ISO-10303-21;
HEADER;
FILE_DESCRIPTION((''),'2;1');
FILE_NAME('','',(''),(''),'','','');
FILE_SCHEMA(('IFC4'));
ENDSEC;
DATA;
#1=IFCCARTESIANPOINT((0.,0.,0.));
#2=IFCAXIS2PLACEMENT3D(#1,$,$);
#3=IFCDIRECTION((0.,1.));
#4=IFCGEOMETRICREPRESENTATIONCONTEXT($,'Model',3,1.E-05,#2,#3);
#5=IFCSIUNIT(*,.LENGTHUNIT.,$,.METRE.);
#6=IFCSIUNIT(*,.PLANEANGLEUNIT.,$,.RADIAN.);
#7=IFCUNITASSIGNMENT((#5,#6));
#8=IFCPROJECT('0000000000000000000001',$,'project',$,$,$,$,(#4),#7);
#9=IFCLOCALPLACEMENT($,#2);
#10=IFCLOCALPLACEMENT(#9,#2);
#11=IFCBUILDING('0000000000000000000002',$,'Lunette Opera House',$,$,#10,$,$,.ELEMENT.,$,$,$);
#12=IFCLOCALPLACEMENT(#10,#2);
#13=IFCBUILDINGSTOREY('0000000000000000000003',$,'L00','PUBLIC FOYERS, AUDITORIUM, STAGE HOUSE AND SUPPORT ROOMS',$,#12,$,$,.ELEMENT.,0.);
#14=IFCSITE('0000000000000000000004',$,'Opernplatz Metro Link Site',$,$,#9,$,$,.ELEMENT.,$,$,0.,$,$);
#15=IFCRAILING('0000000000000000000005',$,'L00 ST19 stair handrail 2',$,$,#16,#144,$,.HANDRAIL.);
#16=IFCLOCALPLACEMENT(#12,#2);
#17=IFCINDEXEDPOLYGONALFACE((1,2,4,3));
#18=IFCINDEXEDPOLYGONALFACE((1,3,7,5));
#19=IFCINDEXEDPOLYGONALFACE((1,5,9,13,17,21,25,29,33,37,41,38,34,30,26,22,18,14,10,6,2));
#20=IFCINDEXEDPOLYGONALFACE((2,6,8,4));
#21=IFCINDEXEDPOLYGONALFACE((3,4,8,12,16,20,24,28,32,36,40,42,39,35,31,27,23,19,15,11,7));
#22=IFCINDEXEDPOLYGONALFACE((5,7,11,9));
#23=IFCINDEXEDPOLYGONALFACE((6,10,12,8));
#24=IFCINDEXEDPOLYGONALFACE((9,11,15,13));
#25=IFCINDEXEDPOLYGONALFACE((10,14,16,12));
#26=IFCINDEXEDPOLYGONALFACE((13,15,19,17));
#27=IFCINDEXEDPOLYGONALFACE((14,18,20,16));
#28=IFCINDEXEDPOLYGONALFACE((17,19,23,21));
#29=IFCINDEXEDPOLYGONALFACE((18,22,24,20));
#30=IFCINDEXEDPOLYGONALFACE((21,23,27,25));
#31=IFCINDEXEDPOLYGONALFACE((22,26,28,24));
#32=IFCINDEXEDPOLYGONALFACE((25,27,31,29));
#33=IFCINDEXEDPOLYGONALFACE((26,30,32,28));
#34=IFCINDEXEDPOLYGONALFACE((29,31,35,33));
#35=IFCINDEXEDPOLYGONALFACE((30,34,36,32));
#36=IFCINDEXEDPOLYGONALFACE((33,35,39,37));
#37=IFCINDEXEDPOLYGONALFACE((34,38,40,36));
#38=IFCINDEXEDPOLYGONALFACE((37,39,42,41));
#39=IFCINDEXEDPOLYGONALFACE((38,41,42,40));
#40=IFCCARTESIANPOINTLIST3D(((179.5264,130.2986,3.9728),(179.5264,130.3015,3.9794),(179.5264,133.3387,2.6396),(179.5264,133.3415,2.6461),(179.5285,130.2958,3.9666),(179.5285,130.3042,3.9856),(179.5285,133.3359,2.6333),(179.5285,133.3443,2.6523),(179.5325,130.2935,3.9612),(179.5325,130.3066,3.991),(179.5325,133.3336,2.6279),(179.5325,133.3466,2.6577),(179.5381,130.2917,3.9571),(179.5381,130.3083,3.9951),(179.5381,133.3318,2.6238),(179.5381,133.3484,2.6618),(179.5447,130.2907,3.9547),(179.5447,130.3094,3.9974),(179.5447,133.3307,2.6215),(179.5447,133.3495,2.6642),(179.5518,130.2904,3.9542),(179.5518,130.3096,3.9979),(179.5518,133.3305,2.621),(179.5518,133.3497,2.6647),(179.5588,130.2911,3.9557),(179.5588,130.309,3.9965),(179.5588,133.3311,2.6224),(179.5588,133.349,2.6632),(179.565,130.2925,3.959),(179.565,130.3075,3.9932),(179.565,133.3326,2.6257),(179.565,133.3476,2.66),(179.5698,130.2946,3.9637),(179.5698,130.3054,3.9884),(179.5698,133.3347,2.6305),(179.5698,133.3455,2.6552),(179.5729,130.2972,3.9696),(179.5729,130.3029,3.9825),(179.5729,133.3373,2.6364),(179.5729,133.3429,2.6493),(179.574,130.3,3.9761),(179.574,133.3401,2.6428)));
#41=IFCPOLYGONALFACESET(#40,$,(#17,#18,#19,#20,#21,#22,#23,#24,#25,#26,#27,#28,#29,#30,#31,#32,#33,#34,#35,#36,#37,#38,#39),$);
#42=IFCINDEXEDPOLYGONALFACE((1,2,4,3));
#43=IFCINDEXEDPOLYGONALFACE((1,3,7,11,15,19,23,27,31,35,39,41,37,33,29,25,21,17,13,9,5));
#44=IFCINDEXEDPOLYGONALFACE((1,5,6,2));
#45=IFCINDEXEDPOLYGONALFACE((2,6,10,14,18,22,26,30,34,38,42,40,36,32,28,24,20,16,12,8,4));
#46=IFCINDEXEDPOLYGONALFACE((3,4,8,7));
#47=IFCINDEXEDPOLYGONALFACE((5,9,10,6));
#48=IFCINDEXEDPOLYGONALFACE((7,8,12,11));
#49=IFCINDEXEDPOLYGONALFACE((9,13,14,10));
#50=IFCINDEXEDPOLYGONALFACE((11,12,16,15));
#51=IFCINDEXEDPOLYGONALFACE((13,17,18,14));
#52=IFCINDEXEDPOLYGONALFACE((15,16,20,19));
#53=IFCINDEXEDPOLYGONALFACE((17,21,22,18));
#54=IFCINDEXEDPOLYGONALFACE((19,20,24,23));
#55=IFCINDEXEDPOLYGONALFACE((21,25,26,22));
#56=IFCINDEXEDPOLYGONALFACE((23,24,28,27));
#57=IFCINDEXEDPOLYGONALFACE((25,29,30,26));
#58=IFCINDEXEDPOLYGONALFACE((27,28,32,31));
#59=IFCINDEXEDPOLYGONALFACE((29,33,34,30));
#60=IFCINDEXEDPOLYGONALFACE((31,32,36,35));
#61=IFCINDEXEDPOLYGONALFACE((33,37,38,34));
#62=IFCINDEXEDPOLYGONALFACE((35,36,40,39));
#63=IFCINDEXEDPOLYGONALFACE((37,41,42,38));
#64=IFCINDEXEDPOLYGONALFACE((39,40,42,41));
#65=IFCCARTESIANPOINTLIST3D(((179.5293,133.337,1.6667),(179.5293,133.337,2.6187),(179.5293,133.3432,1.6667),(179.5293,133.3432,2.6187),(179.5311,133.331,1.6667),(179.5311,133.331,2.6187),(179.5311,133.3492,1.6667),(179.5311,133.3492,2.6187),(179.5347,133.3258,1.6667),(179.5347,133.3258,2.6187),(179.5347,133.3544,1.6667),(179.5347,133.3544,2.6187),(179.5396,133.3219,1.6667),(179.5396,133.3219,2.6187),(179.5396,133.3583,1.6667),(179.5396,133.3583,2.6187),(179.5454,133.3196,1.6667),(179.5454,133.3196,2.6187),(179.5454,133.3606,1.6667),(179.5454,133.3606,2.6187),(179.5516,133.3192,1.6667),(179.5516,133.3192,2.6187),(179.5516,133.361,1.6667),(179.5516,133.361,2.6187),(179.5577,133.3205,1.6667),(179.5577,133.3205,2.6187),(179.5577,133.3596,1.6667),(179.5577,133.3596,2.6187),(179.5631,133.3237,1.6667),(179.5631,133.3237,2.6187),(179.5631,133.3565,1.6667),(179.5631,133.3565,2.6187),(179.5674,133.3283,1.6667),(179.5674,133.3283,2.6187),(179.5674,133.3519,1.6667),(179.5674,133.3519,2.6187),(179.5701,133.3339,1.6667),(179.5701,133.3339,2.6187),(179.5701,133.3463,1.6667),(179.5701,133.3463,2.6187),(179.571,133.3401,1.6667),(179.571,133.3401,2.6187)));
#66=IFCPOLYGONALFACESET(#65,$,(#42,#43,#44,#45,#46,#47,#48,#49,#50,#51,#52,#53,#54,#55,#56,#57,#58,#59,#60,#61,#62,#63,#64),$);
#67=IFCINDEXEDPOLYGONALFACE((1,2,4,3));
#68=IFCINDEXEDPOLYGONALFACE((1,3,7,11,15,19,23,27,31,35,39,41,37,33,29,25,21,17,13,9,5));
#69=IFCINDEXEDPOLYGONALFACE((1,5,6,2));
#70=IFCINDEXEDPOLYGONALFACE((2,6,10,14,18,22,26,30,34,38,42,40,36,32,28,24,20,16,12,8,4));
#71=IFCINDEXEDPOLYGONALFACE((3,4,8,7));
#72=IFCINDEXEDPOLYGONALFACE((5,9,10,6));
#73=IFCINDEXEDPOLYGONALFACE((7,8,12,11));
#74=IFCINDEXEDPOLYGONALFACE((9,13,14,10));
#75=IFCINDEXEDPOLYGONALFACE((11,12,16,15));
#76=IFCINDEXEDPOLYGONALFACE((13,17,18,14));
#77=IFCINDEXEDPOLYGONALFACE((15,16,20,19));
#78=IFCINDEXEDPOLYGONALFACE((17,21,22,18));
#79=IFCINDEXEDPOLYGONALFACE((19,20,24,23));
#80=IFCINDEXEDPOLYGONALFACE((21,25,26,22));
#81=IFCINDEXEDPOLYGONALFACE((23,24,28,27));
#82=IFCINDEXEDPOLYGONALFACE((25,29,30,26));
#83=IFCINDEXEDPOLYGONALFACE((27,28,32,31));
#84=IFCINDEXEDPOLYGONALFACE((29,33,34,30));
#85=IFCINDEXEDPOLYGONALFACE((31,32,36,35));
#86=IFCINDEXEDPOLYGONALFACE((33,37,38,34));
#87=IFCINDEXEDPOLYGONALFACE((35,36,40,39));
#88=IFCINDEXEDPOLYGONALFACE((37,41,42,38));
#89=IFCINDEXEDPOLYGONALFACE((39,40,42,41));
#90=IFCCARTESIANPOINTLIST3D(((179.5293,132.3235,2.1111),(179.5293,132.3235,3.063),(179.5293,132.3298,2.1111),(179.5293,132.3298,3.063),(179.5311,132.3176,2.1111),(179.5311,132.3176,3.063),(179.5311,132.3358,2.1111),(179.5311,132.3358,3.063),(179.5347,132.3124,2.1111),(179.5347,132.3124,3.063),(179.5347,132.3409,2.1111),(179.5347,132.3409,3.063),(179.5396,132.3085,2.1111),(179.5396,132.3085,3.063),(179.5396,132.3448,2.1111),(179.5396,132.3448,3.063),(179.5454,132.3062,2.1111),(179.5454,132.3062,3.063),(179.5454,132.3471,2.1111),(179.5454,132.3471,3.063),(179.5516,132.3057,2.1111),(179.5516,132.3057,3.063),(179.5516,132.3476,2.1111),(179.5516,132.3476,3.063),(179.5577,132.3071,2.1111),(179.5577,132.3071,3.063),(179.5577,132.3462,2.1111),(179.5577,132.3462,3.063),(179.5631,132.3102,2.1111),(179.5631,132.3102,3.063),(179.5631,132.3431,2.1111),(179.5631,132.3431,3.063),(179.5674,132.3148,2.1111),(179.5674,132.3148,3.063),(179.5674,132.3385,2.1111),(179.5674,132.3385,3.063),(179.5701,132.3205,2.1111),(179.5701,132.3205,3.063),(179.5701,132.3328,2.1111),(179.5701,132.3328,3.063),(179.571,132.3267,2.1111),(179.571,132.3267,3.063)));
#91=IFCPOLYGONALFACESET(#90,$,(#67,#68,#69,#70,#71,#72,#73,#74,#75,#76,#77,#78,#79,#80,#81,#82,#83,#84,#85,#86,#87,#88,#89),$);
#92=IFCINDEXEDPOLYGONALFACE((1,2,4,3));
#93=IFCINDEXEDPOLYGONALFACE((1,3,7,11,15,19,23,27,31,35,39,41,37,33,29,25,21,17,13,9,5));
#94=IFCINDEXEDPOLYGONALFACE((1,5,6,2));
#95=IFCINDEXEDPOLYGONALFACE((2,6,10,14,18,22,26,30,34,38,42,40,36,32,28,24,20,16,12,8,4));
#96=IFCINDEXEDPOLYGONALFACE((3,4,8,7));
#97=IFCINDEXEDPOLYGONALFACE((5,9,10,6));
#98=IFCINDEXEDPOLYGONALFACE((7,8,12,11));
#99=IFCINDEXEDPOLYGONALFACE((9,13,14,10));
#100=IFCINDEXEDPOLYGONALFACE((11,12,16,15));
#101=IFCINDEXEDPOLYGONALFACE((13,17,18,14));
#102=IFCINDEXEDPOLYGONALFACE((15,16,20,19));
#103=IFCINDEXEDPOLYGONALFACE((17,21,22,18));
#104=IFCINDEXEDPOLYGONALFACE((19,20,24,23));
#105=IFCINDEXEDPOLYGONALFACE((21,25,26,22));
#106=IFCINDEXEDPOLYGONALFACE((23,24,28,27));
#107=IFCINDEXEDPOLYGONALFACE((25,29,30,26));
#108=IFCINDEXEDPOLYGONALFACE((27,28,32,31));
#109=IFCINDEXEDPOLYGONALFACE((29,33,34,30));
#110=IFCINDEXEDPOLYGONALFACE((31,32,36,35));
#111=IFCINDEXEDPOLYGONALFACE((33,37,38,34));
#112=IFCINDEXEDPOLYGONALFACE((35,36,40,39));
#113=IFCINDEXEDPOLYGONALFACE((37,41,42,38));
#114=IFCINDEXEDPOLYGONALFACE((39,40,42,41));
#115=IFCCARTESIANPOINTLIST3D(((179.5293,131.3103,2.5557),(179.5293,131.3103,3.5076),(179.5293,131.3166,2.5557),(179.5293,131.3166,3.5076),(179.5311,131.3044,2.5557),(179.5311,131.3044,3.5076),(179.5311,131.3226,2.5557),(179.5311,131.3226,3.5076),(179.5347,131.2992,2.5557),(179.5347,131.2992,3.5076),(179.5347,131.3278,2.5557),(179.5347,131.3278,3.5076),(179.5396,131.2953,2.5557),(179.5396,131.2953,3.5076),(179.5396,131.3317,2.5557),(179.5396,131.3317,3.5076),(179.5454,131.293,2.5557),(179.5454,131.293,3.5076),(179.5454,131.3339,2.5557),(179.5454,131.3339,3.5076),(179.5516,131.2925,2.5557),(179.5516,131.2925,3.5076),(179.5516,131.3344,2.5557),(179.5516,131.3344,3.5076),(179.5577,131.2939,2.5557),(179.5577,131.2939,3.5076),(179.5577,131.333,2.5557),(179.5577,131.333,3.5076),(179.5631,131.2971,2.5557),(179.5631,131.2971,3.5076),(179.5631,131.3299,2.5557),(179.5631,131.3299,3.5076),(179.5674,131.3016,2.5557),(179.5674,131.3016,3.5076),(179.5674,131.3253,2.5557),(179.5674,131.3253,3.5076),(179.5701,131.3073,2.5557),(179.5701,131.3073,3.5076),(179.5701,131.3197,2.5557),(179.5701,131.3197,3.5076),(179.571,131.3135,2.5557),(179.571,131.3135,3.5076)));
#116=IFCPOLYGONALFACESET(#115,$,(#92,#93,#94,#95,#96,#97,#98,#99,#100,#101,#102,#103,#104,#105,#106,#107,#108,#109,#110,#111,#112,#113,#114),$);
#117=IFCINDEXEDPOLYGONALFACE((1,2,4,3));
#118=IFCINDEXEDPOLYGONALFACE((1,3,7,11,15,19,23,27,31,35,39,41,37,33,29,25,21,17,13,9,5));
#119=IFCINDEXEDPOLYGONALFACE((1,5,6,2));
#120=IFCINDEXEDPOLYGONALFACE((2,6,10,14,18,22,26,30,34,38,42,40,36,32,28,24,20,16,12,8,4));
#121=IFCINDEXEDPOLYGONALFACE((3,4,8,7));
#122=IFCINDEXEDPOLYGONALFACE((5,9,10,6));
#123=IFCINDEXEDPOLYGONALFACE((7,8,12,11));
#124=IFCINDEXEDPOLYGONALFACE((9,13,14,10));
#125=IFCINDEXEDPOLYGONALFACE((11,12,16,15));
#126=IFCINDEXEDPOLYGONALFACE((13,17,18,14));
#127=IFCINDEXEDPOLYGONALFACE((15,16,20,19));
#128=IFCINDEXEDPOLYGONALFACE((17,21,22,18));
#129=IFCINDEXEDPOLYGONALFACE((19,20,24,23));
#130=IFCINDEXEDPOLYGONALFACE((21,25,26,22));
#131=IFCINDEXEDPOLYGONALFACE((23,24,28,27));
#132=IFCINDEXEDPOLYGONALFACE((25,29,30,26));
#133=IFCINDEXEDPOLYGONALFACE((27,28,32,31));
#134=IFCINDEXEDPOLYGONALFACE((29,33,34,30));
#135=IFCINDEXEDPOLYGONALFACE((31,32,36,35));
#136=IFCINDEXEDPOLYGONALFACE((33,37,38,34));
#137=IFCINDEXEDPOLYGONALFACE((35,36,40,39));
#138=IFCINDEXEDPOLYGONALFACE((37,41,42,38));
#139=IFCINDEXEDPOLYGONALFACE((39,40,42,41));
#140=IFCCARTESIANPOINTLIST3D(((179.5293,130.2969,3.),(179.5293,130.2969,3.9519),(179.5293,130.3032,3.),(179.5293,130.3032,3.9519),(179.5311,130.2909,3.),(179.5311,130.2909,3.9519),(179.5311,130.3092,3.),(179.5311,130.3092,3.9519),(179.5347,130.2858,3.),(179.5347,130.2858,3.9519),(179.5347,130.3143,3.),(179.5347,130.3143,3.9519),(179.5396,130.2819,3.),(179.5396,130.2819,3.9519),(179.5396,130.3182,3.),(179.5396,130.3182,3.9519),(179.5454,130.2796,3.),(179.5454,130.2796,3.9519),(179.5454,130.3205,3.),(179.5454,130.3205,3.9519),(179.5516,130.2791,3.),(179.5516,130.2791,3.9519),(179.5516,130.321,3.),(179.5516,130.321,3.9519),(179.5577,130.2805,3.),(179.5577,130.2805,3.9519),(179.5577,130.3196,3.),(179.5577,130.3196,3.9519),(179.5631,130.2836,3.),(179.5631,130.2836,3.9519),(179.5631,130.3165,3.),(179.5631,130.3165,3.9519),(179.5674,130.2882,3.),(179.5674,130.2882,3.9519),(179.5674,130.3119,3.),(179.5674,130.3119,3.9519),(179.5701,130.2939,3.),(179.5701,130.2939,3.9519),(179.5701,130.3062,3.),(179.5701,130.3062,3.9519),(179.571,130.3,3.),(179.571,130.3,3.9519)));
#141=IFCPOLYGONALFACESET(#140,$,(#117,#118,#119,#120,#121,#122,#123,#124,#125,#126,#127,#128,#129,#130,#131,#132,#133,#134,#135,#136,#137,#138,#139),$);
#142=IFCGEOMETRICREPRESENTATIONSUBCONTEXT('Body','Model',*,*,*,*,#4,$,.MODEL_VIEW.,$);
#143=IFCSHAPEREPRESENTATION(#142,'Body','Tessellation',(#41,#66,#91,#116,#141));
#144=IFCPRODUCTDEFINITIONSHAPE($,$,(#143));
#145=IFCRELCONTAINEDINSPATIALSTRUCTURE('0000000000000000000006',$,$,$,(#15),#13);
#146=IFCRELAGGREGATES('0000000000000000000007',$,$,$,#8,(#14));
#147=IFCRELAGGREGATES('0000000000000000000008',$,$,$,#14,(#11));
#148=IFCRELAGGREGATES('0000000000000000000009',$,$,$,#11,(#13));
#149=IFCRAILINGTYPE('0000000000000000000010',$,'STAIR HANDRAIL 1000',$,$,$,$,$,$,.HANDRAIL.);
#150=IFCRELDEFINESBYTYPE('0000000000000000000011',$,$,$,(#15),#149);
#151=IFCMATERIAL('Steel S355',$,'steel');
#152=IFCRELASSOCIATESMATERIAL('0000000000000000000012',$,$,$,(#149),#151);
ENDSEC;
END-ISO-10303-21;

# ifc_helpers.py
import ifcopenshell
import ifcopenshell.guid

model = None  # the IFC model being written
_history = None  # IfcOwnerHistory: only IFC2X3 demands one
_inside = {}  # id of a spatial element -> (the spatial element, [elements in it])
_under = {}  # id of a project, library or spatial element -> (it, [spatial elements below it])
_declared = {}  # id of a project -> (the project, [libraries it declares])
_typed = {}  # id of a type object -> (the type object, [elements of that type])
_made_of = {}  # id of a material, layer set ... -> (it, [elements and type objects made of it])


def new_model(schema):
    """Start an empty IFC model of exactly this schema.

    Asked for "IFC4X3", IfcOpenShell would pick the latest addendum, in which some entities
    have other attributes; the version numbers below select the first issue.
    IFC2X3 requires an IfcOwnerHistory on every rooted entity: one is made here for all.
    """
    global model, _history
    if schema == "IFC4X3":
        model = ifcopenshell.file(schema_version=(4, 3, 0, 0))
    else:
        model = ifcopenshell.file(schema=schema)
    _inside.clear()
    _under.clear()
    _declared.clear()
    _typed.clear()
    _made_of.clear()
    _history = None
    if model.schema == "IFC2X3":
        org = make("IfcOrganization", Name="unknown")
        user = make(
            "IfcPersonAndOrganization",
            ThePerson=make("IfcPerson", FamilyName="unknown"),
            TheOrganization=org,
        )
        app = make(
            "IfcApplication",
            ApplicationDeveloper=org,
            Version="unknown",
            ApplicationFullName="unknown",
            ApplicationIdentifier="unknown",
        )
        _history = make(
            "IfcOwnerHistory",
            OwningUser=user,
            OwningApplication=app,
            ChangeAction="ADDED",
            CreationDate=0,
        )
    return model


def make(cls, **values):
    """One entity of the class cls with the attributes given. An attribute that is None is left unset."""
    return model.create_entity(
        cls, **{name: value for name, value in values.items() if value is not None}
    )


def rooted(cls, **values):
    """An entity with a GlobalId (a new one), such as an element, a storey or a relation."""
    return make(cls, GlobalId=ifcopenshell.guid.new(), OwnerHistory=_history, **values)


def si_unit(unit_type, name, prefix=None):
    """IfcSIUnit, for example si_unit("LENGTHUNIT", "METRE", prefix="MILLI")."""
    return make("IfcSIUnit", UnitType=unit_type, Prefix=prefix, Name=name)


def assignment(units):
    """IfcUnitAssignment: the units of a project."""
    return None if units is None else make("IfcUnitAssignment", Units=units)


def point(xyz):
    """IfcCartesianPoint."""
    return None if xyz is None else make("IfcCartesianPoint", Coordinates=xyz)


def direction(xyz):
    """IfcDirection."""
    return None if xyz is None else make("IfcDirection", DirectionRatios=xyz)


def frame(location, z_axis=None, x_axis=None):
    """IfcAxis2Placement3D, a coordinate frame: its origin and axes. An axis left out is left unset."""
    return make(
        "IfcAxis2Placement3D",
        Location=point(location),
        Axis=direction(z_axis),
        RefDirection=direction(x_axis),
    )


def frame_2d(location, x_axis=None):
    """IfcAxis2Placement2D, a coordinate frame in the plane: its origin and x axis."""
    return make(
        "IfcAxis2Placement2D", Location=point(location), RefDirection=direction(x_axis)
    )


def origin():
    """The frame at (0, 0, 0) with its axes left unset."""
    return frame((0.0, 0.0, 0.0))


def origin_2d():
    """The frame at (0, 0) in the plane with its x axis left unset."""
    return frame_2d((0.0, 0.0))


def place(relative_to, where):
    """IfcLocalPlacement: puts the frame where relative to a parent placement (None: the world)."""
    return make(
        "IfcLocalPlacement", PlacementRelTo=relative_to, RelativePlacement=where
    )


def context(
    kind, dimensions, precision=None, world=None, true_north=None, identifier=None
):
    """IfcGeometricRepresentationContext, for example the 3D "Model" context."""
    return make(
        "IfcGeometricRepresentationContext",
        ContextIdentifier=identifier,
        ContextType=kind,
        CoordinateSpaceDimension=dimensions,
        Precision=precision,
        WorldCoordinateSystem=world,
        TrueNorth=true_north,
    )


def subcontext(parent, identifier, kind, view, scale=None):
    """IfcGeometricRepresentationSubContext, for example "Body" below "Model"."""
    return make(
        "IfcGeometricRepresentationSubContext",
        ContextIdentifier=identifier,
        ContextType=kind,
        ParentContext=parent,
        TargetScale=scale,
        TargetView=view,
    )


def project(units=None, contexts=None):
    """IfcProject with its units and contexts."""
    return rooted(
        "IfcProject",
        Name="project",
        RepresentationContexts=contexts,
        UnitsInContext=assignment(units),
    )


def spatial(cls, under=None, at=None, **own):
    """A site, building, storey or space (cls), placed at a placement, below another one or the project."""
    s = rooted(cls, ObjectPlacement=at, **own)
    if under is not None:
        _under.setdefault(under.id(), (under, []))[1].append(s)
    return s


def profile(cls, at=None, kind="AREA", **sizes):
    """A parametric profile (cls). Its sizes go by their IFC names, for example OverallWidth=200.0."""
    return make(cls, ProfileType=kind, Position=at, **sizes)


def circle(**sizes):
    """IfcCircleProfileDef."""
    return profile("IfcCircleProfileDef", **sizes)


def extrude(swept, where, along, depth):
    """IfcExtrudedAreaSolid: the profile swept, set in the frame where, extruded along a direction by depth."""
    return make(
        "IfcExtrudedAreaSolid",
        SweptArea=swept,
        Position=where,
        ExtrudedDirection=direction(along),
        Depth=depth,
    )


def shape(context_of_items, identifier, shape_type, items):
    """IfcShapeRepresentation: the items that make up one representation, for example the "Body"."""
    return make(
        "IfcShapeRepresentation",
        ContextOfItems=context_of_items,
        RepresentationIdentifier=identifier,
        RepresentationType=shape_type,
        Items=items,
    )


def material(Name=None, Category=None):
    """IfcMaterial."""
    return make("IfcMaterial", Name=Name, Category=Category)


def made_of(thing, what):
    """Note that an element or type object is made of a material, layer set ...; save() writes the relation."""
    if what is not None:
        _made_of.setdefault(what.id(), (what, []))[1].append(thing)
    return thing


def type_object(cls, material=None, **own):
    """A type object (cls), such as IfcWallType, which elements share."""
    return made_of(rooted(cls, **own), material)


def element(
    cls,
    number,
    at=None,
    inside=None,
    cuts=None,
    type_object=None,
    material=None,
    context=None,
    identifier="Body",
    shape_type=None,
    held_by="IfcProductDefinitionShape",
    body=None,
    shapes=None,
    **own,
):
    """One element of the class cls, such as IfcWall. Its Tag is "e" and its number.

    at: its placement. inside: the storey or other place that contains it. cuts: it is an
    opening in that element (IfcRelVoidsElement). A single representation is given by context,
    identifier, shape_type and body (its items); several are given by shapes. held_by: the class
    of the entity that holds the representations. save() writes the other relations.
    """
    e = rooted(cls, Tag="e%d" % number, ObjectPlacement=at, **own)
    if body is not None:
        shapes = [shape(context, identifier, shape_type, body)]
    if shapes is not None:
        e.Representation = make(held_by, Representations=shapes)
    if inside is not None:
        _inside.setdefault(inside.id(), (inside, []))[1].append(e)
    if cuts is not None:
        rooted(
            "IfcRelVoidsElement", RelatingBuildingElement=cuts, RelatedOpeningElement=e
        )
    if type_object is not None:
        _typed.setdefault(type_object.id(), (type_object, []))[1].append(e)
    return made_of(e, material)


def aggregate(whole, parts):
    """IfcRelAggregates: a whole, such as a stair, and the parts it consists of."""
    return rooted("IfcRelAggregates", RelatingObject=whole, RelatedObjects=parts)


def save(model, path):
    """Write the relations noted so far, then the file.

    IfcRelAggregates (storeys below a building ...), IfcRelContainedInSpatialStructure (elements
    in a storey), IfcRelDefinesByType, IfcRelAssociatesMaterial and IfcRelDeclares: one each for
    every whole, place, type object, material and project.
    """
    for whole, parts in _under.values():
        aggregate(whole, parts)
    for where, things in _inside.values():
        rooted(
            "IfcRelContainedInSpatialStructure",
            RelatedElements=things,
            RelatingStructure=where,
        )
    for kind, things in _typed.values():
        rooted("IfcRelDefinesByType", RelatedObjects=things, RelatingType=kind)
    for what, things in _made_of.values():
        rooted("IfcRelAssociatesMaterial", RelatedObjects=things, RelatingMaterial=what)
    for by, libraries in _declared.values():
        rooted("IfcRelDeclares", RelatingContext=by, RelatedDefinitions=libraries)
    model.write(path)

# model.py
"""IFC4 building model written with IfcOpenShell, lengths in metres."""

from ifc_helpers import new_model, si_unit, direction, frame, origin, origin_2d, place, context, subcontext, project, spatial, circle, extrude, material, type_object, element, save


model = new_model("IFC4")

# Units and contexts
model_context = context("Model", 3, precision=1e-05, world=origin(), true_north=direction((0.0, 1.0)))
body_context = subcontext(model_context, "Body", "Model", "MODEL_VIEW")
ifc_project = project(units=[si_unit("LENGTHUNIT", "METRE"), si_unit("PLANEANGLEUNIT", "RADIAN")], contexts=[model_context])

# Site, building, storey
site_placement = place(None, origin())
site = spatial("IfcSite", under=ifc_project, at=site_placement, Name="Opernplatz Metro Link Site", CompositionType="ELEMENT", RefElevation=0.0)
building_placement = place(site_placement, origin())
building = spatial("IfcBuilding", under=site, at=building_placement, Name="Lunette Opera House", CompositionType="ELEMENT")
storey_placement = place(building_placement, origin())
storey = spatial("IfcBuildingStorey", under=building, at=storey_placement, Name="L00", Description="PUBLIC FOYERS, AUDITORIUM, STAGE HOUSE AND SUPPORT ROOMS", CompositionType="ELEMENT", Elevation=0.0)

# Railing
ifc_material_1 = material(Name="Steel S355", Category="steel")
railing_type_1 = type_object("IfcRailingType", Name="STAIR HANDRAIL 1000", PredefinedType="HANDRAIL", material=ifc_material_1)
for number, where, name in (
    (1, (179.55, 133.3401, 1.6667), "L00 ST19 stair handrail 2"),
):
    element("IfcRailing", number, at=place(storey_placement, frame(where)), inside=storey, type_object=railing_type_1, Name=name, PredefinedType="HANDRAIL", context=body_context, shape_type="SweptSolid", body=[
        extrude(circle(Radius=0.0239, at=origin_2d()), frame((0.0, 0.0, 0.9761), z_axis=(0.0, -0.915799, 0.401637), x_axis=(1.0, 0.0, 0.0)), (0.0, 0.0, 1.0), 3.3196),
        extrude(circle(Radius=0.021, at=origin_2d()), origin(), (0.0, 0.0, 1.0), 0.9519),
        extrude(circle(Radius=0.021, at=origin_2d()), frame((0.0, -1.0134, 0.4443)), (0.0, 0.0, 1.0), 0.9519),
        extrude(circle(Radius=0.021, at=origin_2d()), frame((0.0, -2.0266, 0.8889)), (0.0, 0.0, 1.0), 0.9519),
        extrude(circle(Radius=0.021, at=origin_2d()), frame((0.0, -3.04, 1.3333)), (0.0, 0.0, 1.0), 0.9519),
    ])

save(model, "model.ifc")
